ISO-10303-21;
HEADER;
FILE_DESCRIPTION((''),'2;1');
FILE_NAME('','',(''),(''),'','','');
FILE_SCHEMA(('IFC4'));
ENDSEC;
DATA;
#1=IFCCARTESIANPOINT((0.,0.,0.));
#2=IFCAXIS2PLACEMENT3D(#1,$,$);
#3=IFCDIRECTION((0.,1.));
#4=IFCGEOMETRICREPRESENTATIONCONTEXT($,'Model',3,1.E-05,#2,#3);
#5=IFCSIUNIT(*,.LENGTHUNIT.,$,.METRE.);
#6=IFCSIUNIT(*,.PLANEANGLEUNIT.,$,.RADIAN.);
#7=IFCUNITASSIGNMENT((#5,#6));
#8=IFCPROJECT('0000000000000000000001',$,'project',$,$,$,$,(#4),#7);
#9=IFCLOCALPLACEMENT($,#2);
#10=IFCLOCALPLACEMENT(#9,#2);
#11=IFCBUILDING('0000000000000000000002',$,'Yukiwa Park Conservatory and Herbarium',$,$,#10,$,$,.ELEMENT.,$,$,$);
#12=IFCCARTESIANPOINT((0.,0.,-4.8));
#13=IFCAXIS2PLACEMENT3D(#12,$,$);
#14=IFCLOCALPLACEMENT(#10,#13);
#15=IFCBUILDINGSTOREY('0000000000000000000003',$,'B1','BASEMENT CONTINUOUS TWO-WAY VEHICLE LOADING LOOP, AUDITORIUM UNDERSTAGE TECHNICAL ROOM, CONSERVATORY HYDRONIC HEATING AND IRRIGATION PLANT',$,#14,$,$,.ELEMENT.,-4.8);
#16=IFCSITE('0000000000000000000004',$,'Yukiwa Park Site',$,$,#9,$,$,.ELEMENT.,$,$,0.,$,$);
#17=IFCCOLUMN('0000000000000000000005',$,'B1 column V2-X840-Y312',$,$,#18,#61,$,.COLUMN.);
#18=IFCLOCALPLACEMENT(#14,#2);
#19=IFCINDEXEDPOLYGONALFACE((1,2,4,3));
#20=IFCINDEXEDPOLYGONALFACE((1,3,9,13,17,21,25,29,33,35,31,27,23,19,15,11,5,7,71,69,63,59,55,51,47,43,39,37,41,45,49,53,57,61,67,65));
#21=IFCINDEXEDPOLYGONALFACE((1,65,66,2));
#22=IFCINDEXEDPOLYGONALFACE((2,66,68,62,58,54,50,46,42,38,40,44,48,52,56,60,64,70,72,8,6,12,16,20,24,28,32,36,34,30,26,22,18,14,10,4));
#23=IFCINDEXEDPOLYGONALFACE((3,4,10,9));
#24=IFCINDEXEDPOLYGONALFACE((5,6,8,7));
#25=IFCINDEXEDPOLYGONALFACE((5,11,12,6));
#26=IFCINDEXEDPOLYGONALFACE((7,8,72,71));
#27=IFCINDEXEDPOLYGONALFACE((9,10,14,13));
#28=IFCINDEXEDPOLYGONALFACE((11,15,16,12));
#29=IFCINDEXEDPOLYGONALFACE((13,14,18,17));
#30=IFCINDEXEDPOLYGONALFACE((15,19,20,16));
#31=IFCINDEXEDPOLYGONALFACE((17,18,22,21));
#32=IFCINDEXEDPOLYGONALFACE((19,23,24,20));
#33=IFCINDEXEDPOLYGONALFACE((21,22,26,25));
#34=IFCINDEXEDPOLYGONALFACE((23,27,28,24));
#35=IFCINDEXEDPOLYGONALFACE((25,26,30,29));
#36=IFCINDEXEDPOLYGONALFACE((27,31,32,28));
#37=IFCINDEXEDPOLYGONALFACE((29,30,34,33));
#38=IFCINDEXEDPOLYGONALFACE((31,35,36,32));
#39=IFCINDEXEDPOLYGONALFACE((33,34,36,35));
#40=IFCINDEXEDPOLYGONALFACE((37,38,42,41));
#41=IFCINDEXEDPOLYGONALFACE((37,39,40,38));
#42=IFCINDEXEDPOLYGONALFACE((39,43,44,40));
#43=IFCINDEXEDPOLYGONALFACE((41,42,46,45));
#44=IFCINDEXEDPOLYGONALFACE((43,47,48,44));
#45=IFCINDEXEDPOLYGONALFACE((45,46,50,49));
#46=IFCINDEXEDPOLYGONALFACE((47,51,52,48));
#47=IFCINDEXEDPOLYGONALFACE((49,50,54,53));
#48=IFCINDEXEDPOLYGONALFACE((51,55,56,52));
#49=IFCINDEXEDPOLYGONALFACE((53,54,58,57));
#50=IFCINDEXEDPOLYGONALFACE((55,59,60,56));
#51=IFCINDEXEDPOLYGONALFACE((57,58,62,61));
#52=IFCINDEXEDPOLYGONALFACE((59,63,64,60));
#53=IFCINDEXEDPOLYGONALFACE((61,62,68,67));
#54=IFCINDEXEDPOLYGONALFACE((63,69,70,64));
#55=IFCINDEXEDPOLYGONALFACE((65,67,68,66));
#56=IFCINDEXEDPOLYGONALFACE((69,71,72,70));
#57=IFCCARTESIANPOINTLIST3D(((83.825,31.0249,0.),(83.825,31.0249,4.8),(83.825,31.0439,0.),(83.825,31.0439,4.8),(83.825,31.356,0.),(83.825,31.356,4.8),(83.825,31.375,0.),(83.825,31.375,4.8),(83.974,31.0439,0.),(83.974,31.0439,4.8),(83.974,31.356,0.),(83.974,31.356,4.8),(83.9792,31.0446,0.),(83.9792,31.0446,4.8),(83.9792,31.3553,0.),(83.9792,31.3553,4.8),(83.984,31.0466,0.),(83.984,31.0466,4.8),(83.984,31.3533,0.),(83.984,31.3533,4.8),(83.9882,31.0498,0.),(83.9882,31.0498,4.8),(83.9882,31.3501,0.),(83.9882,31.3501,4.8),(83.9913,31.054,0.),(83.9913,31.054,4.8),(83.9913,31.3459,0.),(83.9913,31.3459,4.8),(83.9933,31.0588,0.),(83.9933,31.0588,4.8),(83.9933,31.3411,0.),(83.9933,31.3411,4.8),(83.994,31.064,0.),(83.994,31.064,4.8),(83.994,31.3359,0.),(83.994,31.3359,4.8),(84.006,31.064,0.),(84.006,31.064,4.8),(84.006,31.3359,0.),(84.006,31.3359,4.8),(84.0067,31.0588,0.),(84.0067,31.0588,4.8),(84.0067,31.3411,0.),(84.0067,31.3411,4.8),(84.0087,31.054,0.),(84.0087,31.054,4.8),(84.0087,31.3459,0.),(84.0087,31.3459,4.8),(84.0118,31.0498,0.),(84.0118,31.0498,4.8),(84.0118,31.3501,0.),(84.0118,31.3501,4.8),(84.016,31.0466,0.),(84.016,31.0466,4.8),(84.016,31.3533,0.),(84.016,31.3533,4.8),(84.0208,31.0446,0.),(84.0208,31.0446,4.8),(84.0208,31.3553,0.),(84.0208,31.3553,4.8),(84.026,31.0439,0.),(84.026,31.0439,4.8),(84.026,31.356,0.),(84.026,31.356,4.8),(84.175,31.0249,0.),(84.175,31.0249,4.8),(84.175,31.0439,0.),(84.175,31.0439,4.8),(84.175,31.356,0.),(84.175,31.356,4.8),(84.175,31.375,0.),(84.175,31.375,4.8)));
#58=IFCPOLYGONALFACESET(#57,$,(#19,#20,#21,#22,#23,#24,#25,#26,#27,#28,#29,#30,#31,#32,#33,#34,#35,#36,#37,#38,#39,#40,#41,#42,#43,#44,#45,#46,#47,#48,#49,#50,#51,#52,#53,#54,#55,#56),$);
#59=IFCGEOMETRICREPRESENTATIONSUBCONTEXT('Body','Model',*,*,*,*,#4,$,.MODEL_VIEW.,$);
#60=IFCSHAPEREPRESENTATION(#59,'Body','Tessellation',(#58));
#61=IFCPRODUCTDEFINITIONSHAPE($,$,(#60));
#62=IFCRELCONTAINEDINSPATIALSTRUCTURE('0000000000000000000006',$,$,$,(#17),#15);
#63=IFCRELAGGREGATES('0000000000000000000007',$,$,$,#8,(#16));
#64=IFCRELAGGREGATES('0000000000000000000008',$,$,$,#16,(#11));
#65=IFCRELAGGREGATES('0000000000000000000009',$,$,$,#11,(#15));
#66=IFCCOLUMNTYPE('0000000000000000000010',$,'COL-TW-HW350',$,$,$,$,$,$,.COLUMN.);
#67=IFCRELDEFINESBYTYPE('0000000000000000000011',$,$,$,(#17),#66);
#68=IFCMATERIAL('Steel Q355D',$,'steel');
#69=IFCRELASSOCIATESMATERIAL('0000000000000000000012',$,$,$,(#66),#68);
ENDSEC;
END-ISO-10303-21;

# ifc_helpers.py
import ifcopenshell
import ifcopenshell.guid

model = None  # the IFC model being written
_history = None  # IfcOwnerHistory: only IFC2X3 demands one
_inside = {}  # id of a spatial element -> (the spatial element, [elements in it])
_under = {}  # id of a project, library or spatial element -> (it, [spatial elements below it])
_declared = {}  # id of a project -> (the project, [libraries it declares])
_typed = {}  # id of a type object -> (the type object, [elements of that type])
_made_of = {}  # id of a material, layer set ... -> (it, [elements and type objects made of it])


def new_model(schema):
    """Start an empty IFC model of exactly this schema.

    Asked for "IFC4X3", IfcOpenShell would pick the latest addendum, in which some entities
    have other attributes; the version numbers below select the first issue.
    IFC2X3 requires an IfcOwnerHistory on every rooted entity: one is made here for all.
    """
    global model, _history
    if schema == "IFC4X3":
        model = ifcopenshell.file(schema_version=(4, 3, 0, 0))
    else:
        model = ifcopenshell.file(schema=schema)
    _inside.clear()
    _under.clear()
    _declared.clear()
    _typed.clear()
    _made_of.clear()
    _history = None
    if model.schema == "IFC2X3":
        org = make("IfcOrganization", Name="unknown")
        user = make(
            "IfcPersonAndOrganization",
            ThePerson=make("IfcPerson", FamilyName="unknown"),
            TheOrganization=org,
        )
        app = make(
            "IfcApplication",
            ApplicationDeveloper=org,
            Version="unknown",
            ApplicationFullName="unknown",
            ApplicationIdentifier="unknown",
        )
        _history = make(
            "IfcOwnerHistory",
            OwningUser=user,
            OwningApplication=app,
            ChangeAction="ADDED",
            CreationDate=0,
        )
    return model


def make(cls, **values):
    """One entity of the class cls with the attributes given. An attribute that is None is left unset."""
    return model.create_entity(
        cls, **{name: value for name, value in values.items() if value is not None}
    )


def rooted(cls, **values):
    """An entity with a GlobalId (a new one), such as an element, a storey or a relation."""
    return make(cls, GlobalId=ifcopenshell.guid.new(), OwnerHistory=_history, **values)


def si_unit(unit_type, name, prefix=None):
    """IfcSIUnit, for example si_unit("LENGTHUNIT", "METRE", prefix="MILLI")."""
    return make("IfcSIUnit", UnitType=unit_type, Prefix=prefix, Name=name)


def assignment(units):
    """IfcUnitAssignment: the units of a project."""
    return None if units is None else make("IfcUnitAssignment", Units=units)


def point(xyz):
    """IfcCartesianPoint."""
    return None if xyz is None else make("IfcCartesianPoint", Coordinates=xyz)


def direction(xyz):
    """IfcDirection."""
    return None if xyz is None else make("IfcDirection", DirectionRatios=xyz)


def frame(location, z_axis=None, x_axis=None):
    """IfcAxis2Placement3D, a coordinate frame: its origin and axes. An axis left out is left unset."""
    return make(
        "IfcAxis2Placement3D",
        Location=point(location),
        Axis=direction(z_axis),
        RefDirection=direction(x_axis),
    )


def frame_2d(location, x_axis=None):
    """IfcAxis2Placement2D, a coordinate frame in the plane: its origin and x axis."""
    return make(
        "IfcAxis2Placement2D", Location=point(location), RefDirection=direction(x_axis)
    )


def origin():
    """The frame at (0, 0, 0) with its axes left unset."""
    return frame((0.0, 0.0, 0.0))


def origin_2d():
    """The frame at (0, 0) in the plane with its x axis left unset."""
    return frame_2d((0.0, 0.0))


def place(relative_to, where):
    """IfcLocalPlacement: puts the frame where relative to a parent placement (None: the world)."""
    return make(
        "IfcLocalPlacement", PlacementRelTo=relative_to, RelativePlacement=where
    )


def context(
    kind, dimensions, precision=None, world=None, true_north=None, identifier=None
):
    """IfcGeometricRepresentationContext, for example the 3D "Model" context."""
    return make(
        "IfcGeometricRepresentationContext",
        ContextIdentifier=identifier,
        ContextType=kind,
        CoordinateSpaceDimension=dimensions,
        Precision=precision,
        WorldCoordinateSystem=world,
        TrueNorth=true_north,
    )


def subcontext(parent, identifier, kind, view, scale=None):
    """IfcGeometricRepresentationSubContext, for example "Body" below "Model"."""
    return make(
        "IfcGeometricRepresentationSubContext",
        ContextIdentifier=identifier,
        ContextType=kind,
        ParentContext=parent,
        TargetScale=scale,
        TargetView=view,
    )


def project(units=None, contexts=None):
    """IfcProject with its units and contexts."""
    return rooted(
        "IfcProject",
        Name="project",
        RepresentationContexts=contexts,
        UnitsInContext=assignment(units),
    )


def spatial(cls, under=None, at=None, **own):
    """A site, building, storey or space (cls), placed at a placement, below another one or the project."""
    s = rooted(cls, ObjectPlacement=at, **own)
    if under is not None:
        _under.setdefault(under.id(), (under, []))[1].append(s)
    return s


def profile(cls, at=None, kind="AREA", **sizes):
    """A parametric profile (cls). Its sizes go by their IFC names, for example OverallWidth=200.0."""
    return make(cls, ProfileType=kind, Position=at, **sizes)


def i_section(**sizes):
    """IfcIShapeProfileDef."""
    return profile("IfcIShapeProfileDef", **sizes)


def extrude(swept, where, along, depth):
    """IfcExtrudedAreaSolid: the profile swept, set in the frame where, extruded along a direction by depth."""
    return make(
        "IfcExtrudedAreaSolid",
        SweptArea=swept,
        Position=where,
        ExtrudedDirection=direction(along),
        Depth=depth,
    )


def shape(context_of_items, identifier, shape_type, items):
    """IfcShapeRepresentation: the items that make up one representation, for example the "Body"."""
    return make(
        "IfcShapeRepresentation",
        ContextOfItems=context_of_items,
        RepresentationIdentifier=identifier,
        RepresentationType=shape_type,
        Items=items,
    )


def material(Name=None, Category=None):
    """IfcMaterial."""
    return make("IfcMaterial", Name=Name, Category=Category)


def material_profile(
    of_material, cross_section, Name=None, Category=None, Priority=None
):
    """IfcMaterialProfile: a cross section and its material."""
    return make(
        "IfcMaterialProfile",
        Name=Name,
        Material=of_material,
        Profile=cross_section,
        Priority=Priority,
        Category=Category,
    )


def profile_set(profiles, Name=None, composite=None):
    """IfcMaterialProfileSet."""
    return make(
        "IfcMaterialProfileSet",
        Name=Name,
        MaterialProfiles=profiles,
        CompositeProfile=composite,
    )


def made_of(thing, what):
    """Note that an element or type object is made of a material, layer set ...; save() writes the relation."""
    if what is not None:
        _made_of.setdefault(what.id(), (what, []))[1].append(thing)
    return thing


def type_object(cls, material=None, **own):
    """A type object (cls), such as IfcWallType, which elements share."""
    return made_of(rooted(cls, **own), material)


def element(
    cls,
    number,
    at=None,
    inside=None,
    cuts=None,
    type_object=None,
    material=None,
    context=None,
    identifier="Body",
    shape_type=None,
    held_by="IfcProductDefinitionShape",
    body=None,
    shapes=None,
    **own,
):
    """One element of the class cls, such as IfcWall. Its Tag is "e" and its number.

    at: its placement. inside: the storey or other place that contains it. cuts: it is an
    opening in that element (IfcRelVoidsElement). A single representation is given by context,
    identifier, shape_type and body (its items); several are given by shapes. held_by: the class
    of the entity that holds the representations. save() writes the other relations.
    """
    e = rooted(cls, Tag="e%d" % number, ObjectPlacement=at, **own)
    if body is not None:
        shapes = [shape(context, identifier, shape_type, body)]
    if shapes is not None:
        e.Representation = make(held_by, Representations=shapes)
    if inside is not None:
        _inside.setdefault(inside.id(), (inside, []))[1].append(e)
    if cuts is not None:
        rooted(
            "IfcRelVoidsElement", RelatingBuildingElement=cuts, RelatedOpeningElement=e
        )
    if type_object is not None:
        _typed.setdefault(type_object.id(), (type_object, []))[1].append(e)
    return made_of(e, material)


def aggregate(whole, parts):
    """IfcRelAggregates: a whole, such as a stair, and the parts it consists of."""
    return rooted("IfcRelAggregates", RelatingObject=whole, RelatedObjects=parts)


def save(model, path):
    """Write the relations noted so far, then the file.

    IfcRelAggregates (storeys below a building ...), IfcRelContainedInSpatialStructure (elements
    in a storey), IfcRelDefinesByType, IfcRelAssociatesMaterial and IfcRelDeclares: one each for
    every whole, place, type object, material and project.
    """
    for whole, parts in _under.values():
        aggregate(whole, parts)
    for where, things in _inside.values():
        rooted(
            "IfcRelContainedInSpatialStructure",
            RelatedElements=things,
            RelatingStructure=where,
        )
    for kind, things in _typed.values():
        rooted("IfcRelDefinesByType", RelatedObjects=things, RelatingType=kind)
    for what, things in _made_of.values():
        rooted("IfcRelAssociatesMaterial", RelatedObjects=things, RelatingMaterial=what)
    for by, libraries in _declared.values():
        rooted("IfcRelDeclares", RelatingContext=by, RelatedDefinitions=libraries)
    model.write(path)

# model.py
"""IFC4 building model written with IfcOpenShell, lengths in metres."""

from ifc_helpers import new_model, si_unit, direction, frame, origin, origin_2d, place, context, subcontext, project, spatial, i_section, extrude, material, material_profile, profile_set, type_object, element, save


model = new_model("IFC4")

# Units and contexts
model_context = context("Model", 3, precision=1e-05, world=origin(), true_north=direction((0.0, 1.0)))
body_context = subcontext(model_context, "Body", "Model", "MODEL_VIEW")
ifc_project = project(units=[si_unit("LENGTHUNIT", "METRE"), si_unit("PLANEANGLEUNIT", "RADIAN")], contexts=[model_context])

# Site, building, storey
site_placement = place(None, origin())
site = spatial("IfcSite", under=ifc_project, at=site_placement, Name="Yukiwa Park Site", CompositionType="ELEMENT", RefElevation=0.0)
building_placement = place(site_placement, origin())
building = spatial("IfcBuilding", under=site, at=building_placement, Name="Yukiwa Park Conservatory and Herbarium", CompositionType="ELEMENT")
storey_placement = place(building_placement, frame((0.0, 0.0, -4.8)))
storey = spatial("IfcBuildingStorey", under=building, at=storey_placement, Name="B1", Description="BASEMENT CONTINUOUS TWO-WAY VEHICLE LOADING LOOP, AUDITORIUM UNDERSTAGE TECHNICAL ROOM, CONSERVATORY HYDRONIC HEATING AND IRRIGATION PLANT", CompositionType="ELEMENT", Elevation=-4.8)

# Column
ifc_material_1 = material(Name="Steel Q355D", Category="steel")
ifc_material_profile_1 = material_profile(ifc_material_1, i_section(OverallWidth=0.3501, OverallDepth=0.3501, WebThickness=0.012, FlangeThickness=0.019, FilletRadius=0.02, at=origin_2d()), Name="HW 350x350x12x19")
ifc_profile_set_1 = profile_set([ifc_material_profile_1], Name="Steel Q355D")
column_type_1 = type_object("IfcColumnType", Name="COL-TW-HW350", PredefinedType="COLUMN", material=ifc_profile_set_1)
for number, where, z_axis, x_axis, name in (
    (1, (84.0, 31.2, 0.0), (0.0, 0.0, 1.0), (1.0, 0.0, 0.0), "B1 column V2-X840-Y312"),
):
    element("IfcColumn", number, at=place(storey_placement, frame(where, z_axis=z_axis, x_axis=x_axis)), inside=storey, type_object=column_type_1, Name=name, PredefinedType="COLUMN", context=body_context, shape_type="SweptSolid", body=[
        extrude(i_section(OverallWidth=0.3501, OverallDepth=0.3501, WebThickness=0.012, FlangeThickness=0.019, FilletRadius=0.02, at=origin_2d()), origin(), (0.0, 0.0, 1.0), 4.8),
    ])

save(model, "model.ifc")
